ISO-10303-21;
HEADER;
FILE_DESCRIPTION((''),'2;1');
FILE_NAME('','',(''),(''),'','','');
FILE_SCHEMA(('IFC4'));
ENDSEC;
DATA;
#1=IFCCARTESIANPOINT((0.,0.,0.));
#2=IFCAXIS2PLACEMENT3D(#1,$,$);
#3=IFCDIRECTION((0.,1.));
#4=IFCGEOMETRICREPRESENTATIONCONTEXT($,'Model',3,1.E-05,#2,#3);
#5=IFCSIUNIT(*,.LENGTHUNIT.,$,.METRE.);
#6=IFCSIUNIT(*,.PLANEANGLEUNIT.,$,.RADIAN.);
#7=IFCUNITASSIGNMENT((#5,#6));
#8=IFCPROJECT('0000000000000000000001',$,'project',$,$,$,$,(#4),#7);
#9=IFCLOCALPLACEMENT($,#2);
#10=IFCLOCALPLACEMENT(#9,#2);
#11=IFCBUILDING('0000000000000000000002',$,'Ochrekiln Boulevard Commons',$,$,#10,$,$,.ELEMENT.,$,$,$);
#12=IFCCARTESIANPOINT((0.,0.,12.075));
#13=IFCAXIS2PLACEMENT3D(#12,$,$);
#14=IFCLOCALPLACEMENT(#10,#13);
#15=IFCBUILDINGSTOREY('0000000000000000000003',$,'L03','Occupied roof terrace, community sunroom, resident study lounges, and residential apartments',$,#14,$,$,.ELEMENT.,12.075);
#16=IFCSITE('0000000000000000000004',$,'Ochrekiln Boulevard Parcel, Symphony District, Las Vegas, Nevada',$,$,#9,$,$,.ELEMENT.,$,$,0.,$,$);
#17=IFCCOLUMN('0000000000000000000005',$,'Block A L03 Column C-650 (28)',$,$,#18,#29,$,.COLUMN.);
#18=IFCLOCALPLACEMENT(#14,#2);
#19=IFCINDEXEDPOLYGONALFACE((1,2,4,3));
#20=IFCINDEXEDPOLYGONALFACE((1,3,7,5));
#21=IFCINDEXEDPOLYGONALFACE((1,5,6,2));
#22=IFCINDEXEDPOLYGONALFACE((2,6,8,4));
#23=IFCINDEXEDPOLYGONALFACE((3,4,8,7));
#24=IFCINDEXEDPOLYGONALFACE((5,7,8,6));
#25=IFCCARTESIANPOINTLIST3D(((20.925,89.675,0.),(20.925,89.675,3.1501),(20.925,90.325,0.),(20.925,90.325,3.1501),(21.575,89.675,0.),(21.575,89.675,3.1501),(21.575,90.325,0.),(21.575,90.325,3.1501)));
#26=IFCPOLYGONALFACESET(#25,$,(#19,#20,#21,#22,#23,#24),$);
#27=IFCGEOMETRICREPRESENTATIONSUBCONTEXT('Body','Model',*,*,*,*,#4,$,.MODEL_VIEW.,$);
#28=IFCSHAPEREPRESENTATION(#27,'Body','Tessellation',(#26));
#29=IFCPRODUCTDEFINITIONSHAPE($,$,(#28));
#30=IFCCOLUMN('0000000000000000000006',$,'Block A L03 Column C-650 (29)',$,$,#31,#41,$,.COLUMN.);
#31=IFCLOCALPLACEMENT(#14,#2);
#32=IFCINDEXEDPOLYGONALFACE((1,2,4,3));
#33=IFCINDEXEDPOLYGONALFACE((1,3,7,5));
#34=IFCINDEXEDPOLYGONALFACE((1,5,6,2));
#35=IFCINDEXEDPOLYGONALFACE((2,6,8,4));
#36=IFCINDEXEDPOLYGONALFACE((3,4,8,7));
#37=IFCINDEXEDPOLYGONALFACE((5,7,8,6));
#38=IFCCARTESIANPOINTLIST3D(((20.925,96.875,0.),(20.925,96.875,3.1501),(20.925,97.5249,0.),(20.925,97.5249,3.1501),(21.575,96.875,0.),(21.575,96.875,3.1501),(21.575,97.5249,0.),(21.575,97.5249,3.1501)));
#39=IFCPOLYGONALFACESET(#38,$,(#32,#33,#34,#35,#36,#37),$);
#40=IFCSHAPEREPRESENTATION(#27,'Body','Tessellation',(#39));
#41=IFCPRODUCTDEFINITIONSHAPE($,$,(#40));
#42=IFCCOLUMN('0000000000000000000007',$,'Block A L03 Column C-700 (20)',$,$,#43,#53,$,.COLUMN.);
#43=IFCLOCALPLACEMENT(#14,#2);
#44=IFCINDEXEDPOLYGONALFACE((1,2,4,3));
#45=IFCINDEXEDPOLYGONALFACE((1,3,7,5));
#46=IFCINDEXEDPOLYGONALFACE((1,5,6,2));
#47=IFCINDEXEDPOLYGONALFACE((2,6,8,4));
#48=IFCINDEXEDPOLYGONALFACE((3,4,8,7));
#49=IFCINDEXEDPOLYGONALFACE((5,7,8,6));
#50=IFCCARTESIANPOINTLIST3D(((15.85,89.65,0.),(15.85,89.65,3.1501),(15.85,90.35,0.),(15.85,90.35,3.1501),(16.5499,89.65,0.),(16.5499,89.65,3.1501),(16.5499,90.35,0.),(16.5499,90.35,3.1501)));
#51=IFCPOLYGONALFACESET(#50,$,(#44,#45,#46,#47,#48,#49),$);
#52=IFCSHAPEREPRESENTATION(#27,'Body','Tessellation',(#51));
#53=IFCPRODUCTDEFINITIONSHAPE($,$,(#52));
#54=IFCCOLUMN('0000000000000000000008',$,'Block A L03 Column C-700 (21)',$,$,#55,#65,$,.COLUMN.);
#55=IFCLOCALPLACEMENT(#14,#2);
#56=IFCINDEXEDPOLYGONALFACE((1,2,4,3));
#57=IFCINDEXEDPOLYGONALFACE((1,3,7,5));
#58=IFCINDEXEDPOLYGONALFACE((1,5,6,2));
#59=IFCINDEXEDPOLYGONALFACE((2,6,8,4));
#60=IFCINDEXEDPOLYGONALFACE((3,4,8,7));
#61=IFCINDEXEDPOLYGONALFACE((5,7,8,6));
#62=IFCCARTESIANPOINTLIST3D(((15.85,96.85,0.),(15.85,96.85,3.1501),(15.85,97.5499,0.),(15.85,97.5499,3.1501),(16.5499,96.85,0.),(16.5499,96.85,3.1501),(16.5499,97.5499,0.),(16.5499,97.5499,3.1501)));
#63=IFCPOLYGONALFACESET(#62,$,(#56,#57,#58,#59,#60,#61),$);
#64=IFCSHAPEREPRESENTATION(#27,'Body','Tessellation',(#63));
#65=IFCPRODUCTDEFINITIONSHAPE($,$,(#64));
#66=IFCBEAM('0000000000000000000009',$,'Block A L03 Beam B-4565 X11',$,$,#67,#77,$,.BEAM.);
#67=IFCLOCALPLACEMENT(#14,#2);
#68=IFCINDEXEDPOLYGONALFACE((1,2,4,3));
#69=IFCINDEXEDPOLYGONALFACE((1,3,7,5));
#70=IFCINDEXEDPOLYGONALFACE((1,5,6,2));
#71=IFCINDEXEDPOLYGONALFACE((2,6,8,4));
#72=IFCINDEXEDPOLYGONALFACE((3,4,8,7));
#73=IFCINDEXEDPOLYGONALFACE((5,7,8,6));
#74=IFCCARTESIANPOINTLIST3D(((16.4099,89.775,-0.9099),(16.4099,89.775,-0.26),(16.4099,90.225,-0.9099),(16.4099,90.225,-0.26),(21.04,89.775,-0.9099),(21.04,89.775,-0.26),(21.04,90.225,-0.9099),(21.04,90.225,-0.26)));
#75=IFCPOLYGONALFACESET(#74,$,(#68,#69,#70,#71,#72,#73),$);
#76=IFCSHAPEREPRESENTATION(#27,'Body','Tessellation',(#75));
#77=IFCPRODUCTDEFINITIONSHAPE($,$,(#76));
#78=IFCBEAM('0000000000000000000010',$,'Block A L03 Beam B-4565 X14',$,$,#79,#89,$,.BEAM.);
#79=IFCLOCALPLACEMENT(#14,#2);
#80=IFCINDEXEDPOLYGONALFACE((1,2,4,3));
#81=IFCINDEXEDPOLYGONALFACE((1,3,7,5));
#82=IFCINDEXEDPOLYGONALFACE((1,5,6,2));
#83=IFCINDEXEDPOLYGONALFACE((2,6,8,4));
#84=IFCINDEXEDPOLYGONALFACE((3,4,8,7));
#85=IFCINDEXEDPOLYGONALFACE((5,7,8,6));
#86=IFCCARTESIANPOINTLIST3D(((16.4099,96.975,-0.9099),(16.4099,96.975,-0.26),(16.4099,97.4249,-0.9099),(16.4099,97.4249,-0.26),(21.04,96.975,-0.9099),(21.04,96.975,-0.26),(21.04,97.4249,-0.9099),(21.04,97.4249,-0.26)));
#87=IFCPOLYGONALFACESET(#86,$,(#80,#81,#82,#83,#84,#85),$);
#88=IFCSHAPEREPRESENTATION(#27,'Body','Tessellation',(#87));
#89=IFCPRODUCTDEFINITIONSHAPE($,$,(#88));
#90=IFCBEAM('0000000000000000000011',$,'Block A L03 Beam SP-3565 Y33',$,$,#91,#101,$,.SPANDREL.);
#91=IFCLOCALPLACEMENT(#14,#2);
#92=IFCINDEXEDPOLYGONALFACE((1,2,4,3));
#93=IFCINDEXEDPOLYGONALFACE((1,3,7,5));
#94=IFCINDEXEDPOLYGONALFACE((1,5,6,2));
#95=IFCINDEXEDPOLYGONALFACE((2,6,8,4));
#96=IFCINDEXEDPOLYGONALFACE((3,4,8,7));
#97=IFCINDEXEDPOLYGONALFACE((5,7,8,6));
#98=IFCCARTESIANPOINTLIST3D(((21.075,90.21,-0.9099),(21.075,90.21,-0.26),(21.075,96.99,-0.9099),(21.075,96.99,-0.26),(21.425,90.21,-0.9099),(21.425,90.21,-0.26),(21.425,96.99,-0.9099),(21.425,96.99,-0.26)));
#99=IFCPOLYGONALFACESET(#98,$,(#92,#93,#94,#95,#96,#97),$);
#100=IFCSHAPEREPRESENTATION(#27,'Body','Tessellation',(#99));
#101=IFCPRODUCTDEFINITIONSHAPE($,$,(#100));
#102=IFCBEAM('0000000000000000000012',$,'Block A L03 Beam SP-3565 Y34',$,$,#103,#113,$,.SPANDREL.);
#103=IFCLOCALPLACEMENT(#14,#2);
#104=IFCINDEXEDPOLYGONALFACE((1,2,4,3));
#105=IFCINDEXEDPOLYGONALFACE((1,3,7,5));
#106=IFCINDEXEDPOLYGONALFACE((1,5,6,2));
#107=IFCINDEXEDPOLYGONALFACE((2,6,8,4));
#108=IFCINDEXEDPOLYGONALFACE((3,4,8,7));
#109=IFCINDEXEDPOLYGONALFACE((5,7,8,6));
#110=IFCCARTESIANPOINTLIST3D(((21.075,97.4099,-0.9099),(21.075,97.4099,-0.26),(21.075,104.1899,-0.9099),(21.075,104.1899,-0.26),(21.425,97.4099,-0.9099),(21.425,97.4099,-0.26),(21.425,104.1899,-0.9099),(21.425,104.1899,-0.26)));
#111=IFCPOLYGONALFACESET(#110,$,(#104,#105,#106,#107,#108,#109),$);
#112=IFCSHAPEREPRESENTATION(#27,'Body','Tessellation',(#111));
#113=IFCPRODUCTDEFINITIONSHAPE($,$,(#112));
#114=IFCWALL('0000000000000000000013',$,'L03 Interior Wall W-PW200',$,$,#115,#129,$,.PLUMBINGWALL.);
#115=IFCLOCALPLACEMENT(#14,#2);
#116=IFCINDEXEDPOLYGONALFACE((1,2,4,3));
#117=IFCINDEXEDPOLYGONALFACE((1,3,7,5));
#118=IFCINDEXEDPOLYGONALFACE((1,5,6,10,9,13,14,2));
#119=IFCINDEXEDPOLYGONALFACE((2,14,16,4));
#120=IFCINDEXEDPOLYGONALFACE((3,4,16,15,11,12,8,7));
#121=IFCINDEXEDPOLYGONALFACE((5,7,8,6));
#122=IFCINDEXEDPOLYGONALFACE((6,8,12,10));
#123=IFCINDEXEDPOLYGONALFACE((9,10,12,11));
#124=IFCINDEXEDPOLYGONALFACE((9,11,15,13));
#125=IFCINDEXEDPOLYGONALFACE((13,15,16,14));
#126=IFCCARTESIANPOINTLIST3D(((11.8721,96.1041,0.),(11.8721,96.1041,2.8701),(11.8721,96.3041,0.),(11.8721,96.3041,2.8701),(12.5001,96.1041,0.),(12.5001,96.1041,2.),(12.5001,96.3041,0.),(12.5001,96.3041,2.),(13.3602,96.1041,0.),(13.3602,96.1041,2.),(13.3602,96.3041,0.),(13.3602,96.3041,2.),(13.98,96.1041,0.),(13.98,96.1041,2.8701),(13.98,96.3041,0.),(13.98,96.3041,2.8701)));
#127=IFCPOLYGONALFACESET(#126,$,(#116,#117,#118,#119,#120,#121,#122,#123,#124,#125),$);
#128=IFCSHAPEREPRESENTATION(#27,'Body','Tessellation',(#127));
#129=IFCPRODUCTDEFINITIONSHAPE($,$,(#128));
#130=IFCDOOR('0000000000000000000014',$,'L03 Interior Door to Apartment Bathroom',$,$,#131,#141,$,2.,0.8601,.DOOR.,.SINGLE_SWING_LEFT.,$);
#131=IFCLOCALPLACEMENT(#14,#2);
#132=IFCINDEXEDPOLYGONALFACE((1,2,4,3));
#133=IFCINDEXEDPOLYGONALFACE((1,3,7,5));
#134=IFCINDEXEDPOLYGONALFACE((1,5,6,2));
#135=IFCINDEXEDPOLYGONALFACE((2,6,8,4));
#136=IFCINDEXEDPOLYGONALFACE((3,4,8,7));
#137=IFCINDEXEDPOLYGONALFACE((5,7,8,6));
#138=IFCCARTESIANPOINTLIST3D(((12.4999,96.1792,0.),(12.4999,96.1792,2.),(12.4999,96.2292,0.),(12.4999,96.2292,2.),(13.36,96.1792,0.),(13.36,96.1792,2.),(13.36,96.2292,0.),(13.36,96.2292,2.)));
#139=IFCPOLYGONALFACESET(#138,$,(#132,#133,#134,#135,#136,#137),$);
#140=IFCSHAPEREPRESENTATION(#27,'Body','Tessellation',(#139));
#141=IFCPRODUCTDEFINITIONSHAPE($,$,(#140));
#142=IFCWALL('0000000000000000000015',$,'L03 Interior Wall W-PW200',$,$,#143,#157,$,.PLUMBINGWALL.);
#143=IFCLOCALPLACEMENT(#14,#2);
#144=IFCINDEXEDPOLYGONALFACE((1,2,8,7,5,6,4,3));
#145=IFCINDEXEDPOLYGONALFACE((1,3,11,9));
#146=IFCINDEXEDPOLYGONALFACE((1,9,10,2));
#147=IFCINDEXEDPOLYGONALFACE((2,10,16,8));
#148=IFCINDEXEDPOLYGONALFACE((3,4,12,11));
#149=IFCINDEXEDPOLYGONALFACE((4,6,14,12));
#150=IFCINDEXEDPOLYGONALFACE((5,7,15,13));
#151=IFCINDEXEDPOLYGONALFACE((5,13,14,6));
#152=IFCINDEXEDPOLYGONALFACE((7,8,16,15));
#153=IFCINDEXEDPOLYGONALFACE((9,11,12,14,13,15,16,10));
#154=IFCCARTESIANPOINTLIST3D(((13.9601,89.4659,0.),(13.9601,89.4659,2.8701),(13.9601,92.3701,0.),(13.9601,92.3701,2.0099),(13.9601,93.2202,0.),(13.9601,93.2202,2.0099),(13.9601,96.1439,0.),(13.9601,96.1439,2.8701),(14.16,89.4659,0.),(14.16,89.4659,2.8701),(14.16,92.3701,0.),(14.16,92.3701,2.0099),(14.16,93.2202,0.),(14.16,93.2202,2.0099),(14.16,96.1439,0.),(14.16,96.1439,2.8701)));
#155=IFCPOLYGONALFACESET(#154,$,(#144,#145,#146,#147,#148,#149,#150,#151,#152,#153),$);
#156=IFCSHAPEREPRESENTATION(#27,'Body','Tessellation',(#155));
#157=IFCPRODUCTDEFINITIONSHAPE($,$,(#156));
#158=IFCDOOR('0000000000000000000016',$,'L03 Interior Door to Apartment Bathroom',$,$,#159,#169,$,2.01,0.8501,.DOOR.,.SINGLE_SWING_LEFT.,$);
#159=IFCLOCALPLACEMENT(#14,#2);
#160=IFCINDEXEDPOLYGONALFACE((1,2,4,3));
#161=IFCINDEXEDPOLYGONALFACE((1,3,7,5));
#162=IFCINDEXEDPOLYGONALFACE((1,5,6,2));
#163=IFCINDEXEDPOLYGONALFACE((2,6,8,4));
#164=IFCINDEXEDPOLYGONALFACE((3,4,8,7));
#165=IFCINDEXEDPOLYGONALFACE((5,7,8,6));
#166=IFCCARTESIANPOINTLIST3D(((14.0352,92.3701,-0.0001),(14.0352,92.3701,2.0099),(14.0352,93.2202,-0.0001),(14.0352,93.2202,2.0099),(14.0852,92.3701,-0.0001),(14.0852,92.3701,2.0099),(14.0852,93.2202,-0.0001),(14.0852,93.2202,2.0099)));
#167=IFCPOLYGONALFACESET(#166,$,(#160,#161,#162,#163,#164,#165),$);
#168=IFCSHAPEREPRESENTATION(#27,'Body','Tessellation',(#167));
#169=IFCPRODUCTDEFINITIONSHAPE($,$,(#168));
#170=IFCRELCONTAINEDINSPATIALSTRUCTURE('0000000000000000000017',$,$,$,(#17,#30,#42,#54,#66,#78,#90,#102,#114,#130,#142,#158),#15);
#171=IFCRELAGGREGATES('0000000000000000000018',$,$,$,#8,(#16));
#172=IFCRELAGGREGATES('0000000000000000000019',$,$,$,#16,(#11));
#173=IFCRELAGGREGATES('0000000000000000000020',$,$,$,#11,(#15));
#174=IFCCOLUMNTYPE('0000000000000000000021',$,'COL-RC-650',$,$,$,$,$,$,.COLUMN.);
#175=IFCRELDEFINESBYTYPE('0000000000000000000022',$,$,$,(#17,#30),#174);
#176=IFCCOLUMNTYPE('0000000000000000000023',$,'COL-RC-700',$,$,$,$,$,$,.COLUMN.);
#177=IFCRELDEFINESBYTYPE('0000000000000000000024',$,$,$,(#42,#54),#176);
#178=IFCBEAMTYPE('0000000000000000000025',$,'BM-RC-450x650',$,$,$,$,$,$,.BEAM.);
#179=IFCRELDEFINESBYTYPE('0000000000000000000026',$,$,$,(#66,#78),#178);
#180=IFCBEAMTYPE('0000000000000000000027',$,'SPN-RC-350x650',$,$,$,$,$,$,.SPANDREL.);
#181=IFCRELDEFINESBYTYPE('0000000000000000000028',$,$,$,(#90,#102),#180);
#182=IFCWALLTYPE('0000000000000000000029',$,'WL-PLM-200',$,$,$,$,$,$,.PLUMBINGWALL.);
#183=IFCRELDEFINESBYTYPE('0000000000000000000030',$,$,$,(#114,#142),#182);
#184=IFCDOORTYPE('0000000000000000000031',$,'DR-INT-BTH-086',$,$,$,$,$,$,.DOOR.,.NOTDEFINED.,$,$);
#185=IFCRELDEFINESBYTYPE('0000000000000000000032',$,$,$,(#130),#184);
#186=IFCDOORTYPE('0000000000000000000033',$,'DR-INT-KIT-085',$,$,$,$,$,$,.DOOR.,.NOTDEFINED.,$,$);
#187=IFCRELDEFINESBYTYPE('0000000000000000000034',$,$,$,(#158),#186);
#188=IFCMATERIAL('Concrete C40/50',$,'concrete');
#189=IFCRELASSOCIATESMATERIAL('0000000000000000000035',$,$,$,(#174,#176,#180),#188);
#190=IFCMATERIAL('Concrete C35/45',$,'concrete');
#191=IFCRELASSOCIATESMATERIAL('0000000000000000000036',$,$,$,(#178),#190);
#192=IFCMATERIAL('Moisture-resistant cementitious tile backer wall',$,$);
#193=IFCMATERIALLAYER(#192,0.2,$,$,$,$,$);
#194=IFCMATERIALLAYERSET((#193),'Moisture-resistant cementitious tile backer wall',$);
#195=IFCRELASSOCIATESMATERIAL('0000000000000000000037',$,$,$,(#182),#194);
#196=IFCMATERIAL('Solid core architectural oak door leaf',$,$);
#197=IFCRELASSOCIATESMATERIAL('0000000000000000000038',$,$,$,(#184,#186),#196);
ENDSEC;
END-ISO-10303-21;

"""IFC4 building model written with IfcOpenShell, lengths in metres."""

from ifc_helpers import new_model, si_unit, direction, frame, frame_2d, origin, origin_2d, place, context, subcontext, project, spatial, rectangle, extrude, material, layer, layer_set, material_profile, profile_set, type_object, element, fill, save


model = new_model("IFC4")

# Units and contexts
model_context = context("Model", 3, precision=1e-05, world=origin(), true_north=direction((0.0, 1.0)))
body_context = subcontext(model_context, "Body", "Model", "MODEL_VIEW")
ifc_project = project(units=[si_unit("LENGTHUNIT", "METRE"), si_unit("PLANEANGLEUNIT", "RADIAN")], contexts=[model_context])

# Site, building, storey
site_placement = place(None, origin())
site = spatial("IfcSite", under=ifc_project, at=site_placement, Name="Ochrekiln Boulevard Parcel, Symphony District, Las Vegas, Nevada", CompositionType="ELEMENT", RefElevation=0.0)
building_placement = place(site_placement, origin())
building = spatial("IfcBuilding", under=site, at=building_placement, Name="Ochrekiln Boulevard Commons", CompositionType="ELEMENT")
storey_placement = place(building_placement, frame((0.0, 0.0, 12.075)))
storey = spatial("IfcBuildingStorey", under=building, at=storey_placement, Name="L03", Description="Occupied roof terrace, community sunroom, resident study lounges, and residential apartments", CompositionType="ELEMENT", Elevation=12.075)

# Columns
ifc_material_1 = material(Name="Concrete C40/50", Category="concrete")
ifc_material_profile_1 = material_profile(ifc_material_1, rectangle(XDim=0.6499, YDim=0.6499, at=origin_2d()), Name="RC-COL-650x650")
ifc_profile_set_1 = profile_set([ifc_material_profile_1], Name="Concrete C40/50")
column_type_1 = type_object("IfcColumnType", Name="COL-RC-650", PredefinedType="COLUMN", material=ifc_profile_set_1)
for number, where, z_axis, x_axis, name in (
    (1, (21.25, 90.0, 0.0), (0.0, 0.0, 1.0), (1.0, 0.0, 0.0), "Block A L03 Column C-650 (28)"),
    (2, (21.25, 97.2, 0.0), (0.0, 0.0, 1.0), (1.0, 0.0, 0.0), "Block A L03 Column C-650 (29)"),
):
    element("IfcColumn", number, at=place(storey_placement, frame(where, z_axis=z_axis, x_axis=x_axis)), inside=storey, type_object=column_type_1, Name=name, PredefinedType="COLUMN", context=body_context, shape_type="SweptSolid", body=[
        extrude(rectangle(XDim=0.6499, YDim=0.6499, at=origin_2d()), origin(), (0.0, 0.0, 1.0), 3.1501),
    ])
ifc_material_profile_2 = material_profile(ifc_material_1, rectangle(XDim=0.7, YDim=0.7, at=origin_2d()), Name="RC-COL-700x700")
ifc_profile_set_2 = profile_set([ifc_material_profile_2], Name="Concrete C40/50")
column_type_2 = type_object("IfcColumnType", Name="COL-RC-700", PredefinedType="COLUMN", material=ifc_profile_set_2)
for number, where, z_axis, x_axis, name in (
    (3, (16.2, 90.0, 0.0), (0.0, 0.0, 1.0), (1.0, 0.0, 0.0), "Block A L03 Column C-700 (20)"),
    (4, (16.2, 97.2, 0.0), (0.0, 0.0, 1.0), (1.0, 0.0, 0.0), "Block A L03 Column C-700 (21)"),
):
    element("IfcColumn", number, at=place(storey_placement, frame(where, z_axis=z_axis, x_axis=x_axis)), inside=storey, type_object=column_type_2, Name=name, PredefinedType="COLUMN", context=body_context, shape_type="SweptSolid", body=[
        extrude(rectangle(XDim=0.7, YDim=0.7, at=origin_2d()), origin(), (0.0, 0.0, 1.0), 3.1501),
    ])

# Beams
ifc_material_2 = material(Name="Concrete C35/45", Category="concrete")
ifc_material_profile_3 = material_profile(ifc_material_2, rectangle(XDim=0.45, YDim=0.6499, at=origin_2d()), Name="RC-BM-450x650")
ifc_profile_set_3 = profile_set([ifc_material_profile_3], Name="Concrete C35/45")
beam_type_1 = type_object("IfcBeamType", Name="BM-RC-450x650", PredefinedType="BEAM", material=ifc_profile_set_3)
for number, where, z_axis, x_axis, name in (
    (5, (16.4099, 90.0, -0.585), (1.0, 0.0, 0.0), (0.0, 1.0, 0.0), "Block A L03 Beam B-4565 X11"),
    (6, (16.4099, 97.2, -0.585), (1.0, 0.0, 0.0), (0.0, 1.0, 0.0), "Block A L03 Beam B-4565 X14"),
):
    element("IfcBeam", number, at=place(storey_placement, frame(where, z_axis=z_axis, x_axis=x_axis)), inside=storey, type_object=beam_type_1, Name=name, PredefinedType="BEAM", context=body_context, shape_type="SweptSolid", body=[
        extrude(rectangle(XDim=0.45, YDim=0.6499, at=origin_2d()), origin(), (0.0, 0.0, 1.0), 4.6301),
    ])
ifc_material_profile_4 = material_profile(ifc_material_1, rectangle(XDim=0.3501, YDim=0.6499, at=origin_2d()), Name="RC-SPN-350x650")
ifc_profile_set_4 = profile_set([ifc_material_profile_4], Name="Concrete C40/50")
beam_type_2 = type_object("IfcBeamType", Name="SPN-RC-350x650", PredefinedType="SPANDREL", material=ifc_profile_set_4)
for number, where, z_axis, x_axis, name in (
    (7, (21.25, 90.21, -0.585), (0.0, 1.0, 0.0), (-1.0, 0.0, 0.0), "Block A L03 Beam SP-3565 Y33"),
    (8, (21.25, 97.4099, -0.585), (0.0, 1.0, 0.0), (-1.0, 0.0, 0.0), "Block A L03 Beam SP-3565 Y34"),
):
    element("IfcBeam", number, at=place(storey_placement, frame(where, z_axis=z_axis, x_axis=x_axis)), inside=storey, type_object=beam_type_2, Name=name, PredefinedType="SPANDREL", context=body_context, shape_type="SweptSolid", body=[
        extrude(rectangle(XDim=0.3501, YDim=0.6499, at=origin_2d()), origin(), (0.0, 0.0, 1.0), 6.78),
    ])

# Walls, openings, doors
ifc_material_3 = material(Name="Moisture-resistant cementitious tile backer wall")
ifc_layer_1 = layer(ifc_material_3, 0.2)
ifc_layer_set_1 = layer_set([ifc_layer_1], Name="Moisture-resistant cementitious tile backer wall")
wall_type_1 = type_object("IfcWallType", Name="WL-PLM-200", PredefinedType="PLUMBINGWALL", material=ifc_layer_set_1)
wall_1_placement = place(storey_placement, frame((11.8721, 96.2041, 0.0), z_axis=(0.0, 0.0, 1.0), x_axis=(1.0, 0.0, 0.0)))
wall_1 = element("IfcWall", 9, at=wall_1_placement, inside=storey, type_object=wall_type_1, Name="L03 Interior Wall W-PW200", PredefinedType="PLUMBINGWALL", context=body_context, shape_type="SweptSolid", body=[
    extrude(rectangle(XDim=2.1079, YDim=0.2, at=frame_2d((1.054, 0.0))), origin(), (0.0, 0.0, 1.0), 2.8701),
])
opening_1_placement = place(wall_1_placement, frame((0.6279, 0.0, 0.0)))
opening_1 = element("IfcOpeningElement", 10, at=opening_1_placement, cuts=wall_1, PredefinedType="OPENING", context=body_context, shape_type="SweptSolid", body=[
    extrude(rectangle(XDim=0.8601, YDim=2.0, at=frame_2d((0.4302, 1.0))), frame((0.0, 0.1099, 0.0), z_axis=(0.0, -1.0, 0.0), x_axis=(1.0, 0.0, 0.0)), (0.0, 0.0, 1.0), 0.22),
])
ifc_material_4 = material(Name="Solid core architectural oak door leaf")
door_type_1 = type_object("IfcDoorType", Name="DR-INT-BTH-086", OperationType="NOTDEFINED", PredefinedType="DOOR", material=ifc_material_4)
door_1_placement = place(opening_1_placement, frame((0.8601, 0.0, 0.0), z_axis=(0.0, 0.0, 1.0), x_axis=(-1.0, 0.0, 0.0)))
door_1 = element("IfcDoor", 11, at=door_1_placement, inside=storey, type_object=door_type_1, Name="L03 Interior Door to Apartment Bathroom", OperationType="SINGLE_SWING_LEFT", OverallHeight=2.0, OverallWidth=0.8601, PredefinedType="DOOR", context=body_context, shape_type="SweptSolid", body=[
    extrude(rectangle(XDim=0.8601, YDim=2.0, at=frame_2d((0.4302, 1.0))), frame((0.0, 0.0249, 0.0), z_axis=(0.0, -1.0, 0.0), x_axis=(1.0, 0.0, 0.0)), (0.0, 0.0, 1.0), 0.05),
])
fill(opening_1, door_1)
wall_2_placement = place(storey_placement, frame((14.0601, 89.4661, 0.0), z_axis=(0.0, 0.0, 1.0), x_axis=(0.0, 1.0, 0.0)))
wall_2 = element("IfcWall", 12, at=wall_2_placement, inside=storey, type_object=wall_type_1, Name="L03 Interior Wall W-PW200", PredefinedType="PLUMBINGWALL", context=body_context, shape_type="SweptSolid", body=[
    extrude(rectangle(XDim=6.678, YDim=0.2, at=frame_2d((3.3389, 0.0))), origin(), (0.0, 0.0, 1.0), 2.8701),
])
opening_2_placement = place(wall_2_placement, frame((2.9041, 0.0, 0.0)))
opening_2 = element("IfcOpeningElement", 13, at=opening_2_placement, cuts=wall_2, PredefinedType="OPENING", context=body_context, shape_type="SweptSolid", body=[
    extrude(rectangle(XDim=0.8501, YDim=2.01, at=frame_2d((0.425, 1.0049))), frame((0.0, 0.1099, 0.0), z_axis=(0.0, -1.0, 0.0), x_axis=(1.0, 0.0, 0.0)), (0.0, 0.0, 1.0), 0.22),
])
door_type_2 = type_object("IfcDoorType", Name="DR-INT-KIT-085", OperationType="NOTDEFINED", PredefinedType="DOOR", material=ifc_material_4)
door_2_placement = place(opening_2_placement, origin())
door_2 = element("IfcDoor", 14, at=door_2_placement, inside=storey, type_object=door_type_2, Name="L03 Interior Door to Apartment Bathroom", OperationType="SINGLE_SWING_LEFT", OverallHeight=2.01, OverallWidth=0.8501, PredefinedType="DOOR", context=body_context, shape_type="SweptSolid", body=[
    extrude(rectangle(XDim=0.8501, YDim=2.01, at=frame_2d((0.425, 1.0049))), frame((0.0, 0.0249, 0.0), z_axis=(0.0, -1.0, 0.0), x_axis=(1.0, 0.0, 0.0)), (0.0, 0.0, 1.0), 0.05),
])
fill(opening_2, door_2)

save(model, "model.ifc")
